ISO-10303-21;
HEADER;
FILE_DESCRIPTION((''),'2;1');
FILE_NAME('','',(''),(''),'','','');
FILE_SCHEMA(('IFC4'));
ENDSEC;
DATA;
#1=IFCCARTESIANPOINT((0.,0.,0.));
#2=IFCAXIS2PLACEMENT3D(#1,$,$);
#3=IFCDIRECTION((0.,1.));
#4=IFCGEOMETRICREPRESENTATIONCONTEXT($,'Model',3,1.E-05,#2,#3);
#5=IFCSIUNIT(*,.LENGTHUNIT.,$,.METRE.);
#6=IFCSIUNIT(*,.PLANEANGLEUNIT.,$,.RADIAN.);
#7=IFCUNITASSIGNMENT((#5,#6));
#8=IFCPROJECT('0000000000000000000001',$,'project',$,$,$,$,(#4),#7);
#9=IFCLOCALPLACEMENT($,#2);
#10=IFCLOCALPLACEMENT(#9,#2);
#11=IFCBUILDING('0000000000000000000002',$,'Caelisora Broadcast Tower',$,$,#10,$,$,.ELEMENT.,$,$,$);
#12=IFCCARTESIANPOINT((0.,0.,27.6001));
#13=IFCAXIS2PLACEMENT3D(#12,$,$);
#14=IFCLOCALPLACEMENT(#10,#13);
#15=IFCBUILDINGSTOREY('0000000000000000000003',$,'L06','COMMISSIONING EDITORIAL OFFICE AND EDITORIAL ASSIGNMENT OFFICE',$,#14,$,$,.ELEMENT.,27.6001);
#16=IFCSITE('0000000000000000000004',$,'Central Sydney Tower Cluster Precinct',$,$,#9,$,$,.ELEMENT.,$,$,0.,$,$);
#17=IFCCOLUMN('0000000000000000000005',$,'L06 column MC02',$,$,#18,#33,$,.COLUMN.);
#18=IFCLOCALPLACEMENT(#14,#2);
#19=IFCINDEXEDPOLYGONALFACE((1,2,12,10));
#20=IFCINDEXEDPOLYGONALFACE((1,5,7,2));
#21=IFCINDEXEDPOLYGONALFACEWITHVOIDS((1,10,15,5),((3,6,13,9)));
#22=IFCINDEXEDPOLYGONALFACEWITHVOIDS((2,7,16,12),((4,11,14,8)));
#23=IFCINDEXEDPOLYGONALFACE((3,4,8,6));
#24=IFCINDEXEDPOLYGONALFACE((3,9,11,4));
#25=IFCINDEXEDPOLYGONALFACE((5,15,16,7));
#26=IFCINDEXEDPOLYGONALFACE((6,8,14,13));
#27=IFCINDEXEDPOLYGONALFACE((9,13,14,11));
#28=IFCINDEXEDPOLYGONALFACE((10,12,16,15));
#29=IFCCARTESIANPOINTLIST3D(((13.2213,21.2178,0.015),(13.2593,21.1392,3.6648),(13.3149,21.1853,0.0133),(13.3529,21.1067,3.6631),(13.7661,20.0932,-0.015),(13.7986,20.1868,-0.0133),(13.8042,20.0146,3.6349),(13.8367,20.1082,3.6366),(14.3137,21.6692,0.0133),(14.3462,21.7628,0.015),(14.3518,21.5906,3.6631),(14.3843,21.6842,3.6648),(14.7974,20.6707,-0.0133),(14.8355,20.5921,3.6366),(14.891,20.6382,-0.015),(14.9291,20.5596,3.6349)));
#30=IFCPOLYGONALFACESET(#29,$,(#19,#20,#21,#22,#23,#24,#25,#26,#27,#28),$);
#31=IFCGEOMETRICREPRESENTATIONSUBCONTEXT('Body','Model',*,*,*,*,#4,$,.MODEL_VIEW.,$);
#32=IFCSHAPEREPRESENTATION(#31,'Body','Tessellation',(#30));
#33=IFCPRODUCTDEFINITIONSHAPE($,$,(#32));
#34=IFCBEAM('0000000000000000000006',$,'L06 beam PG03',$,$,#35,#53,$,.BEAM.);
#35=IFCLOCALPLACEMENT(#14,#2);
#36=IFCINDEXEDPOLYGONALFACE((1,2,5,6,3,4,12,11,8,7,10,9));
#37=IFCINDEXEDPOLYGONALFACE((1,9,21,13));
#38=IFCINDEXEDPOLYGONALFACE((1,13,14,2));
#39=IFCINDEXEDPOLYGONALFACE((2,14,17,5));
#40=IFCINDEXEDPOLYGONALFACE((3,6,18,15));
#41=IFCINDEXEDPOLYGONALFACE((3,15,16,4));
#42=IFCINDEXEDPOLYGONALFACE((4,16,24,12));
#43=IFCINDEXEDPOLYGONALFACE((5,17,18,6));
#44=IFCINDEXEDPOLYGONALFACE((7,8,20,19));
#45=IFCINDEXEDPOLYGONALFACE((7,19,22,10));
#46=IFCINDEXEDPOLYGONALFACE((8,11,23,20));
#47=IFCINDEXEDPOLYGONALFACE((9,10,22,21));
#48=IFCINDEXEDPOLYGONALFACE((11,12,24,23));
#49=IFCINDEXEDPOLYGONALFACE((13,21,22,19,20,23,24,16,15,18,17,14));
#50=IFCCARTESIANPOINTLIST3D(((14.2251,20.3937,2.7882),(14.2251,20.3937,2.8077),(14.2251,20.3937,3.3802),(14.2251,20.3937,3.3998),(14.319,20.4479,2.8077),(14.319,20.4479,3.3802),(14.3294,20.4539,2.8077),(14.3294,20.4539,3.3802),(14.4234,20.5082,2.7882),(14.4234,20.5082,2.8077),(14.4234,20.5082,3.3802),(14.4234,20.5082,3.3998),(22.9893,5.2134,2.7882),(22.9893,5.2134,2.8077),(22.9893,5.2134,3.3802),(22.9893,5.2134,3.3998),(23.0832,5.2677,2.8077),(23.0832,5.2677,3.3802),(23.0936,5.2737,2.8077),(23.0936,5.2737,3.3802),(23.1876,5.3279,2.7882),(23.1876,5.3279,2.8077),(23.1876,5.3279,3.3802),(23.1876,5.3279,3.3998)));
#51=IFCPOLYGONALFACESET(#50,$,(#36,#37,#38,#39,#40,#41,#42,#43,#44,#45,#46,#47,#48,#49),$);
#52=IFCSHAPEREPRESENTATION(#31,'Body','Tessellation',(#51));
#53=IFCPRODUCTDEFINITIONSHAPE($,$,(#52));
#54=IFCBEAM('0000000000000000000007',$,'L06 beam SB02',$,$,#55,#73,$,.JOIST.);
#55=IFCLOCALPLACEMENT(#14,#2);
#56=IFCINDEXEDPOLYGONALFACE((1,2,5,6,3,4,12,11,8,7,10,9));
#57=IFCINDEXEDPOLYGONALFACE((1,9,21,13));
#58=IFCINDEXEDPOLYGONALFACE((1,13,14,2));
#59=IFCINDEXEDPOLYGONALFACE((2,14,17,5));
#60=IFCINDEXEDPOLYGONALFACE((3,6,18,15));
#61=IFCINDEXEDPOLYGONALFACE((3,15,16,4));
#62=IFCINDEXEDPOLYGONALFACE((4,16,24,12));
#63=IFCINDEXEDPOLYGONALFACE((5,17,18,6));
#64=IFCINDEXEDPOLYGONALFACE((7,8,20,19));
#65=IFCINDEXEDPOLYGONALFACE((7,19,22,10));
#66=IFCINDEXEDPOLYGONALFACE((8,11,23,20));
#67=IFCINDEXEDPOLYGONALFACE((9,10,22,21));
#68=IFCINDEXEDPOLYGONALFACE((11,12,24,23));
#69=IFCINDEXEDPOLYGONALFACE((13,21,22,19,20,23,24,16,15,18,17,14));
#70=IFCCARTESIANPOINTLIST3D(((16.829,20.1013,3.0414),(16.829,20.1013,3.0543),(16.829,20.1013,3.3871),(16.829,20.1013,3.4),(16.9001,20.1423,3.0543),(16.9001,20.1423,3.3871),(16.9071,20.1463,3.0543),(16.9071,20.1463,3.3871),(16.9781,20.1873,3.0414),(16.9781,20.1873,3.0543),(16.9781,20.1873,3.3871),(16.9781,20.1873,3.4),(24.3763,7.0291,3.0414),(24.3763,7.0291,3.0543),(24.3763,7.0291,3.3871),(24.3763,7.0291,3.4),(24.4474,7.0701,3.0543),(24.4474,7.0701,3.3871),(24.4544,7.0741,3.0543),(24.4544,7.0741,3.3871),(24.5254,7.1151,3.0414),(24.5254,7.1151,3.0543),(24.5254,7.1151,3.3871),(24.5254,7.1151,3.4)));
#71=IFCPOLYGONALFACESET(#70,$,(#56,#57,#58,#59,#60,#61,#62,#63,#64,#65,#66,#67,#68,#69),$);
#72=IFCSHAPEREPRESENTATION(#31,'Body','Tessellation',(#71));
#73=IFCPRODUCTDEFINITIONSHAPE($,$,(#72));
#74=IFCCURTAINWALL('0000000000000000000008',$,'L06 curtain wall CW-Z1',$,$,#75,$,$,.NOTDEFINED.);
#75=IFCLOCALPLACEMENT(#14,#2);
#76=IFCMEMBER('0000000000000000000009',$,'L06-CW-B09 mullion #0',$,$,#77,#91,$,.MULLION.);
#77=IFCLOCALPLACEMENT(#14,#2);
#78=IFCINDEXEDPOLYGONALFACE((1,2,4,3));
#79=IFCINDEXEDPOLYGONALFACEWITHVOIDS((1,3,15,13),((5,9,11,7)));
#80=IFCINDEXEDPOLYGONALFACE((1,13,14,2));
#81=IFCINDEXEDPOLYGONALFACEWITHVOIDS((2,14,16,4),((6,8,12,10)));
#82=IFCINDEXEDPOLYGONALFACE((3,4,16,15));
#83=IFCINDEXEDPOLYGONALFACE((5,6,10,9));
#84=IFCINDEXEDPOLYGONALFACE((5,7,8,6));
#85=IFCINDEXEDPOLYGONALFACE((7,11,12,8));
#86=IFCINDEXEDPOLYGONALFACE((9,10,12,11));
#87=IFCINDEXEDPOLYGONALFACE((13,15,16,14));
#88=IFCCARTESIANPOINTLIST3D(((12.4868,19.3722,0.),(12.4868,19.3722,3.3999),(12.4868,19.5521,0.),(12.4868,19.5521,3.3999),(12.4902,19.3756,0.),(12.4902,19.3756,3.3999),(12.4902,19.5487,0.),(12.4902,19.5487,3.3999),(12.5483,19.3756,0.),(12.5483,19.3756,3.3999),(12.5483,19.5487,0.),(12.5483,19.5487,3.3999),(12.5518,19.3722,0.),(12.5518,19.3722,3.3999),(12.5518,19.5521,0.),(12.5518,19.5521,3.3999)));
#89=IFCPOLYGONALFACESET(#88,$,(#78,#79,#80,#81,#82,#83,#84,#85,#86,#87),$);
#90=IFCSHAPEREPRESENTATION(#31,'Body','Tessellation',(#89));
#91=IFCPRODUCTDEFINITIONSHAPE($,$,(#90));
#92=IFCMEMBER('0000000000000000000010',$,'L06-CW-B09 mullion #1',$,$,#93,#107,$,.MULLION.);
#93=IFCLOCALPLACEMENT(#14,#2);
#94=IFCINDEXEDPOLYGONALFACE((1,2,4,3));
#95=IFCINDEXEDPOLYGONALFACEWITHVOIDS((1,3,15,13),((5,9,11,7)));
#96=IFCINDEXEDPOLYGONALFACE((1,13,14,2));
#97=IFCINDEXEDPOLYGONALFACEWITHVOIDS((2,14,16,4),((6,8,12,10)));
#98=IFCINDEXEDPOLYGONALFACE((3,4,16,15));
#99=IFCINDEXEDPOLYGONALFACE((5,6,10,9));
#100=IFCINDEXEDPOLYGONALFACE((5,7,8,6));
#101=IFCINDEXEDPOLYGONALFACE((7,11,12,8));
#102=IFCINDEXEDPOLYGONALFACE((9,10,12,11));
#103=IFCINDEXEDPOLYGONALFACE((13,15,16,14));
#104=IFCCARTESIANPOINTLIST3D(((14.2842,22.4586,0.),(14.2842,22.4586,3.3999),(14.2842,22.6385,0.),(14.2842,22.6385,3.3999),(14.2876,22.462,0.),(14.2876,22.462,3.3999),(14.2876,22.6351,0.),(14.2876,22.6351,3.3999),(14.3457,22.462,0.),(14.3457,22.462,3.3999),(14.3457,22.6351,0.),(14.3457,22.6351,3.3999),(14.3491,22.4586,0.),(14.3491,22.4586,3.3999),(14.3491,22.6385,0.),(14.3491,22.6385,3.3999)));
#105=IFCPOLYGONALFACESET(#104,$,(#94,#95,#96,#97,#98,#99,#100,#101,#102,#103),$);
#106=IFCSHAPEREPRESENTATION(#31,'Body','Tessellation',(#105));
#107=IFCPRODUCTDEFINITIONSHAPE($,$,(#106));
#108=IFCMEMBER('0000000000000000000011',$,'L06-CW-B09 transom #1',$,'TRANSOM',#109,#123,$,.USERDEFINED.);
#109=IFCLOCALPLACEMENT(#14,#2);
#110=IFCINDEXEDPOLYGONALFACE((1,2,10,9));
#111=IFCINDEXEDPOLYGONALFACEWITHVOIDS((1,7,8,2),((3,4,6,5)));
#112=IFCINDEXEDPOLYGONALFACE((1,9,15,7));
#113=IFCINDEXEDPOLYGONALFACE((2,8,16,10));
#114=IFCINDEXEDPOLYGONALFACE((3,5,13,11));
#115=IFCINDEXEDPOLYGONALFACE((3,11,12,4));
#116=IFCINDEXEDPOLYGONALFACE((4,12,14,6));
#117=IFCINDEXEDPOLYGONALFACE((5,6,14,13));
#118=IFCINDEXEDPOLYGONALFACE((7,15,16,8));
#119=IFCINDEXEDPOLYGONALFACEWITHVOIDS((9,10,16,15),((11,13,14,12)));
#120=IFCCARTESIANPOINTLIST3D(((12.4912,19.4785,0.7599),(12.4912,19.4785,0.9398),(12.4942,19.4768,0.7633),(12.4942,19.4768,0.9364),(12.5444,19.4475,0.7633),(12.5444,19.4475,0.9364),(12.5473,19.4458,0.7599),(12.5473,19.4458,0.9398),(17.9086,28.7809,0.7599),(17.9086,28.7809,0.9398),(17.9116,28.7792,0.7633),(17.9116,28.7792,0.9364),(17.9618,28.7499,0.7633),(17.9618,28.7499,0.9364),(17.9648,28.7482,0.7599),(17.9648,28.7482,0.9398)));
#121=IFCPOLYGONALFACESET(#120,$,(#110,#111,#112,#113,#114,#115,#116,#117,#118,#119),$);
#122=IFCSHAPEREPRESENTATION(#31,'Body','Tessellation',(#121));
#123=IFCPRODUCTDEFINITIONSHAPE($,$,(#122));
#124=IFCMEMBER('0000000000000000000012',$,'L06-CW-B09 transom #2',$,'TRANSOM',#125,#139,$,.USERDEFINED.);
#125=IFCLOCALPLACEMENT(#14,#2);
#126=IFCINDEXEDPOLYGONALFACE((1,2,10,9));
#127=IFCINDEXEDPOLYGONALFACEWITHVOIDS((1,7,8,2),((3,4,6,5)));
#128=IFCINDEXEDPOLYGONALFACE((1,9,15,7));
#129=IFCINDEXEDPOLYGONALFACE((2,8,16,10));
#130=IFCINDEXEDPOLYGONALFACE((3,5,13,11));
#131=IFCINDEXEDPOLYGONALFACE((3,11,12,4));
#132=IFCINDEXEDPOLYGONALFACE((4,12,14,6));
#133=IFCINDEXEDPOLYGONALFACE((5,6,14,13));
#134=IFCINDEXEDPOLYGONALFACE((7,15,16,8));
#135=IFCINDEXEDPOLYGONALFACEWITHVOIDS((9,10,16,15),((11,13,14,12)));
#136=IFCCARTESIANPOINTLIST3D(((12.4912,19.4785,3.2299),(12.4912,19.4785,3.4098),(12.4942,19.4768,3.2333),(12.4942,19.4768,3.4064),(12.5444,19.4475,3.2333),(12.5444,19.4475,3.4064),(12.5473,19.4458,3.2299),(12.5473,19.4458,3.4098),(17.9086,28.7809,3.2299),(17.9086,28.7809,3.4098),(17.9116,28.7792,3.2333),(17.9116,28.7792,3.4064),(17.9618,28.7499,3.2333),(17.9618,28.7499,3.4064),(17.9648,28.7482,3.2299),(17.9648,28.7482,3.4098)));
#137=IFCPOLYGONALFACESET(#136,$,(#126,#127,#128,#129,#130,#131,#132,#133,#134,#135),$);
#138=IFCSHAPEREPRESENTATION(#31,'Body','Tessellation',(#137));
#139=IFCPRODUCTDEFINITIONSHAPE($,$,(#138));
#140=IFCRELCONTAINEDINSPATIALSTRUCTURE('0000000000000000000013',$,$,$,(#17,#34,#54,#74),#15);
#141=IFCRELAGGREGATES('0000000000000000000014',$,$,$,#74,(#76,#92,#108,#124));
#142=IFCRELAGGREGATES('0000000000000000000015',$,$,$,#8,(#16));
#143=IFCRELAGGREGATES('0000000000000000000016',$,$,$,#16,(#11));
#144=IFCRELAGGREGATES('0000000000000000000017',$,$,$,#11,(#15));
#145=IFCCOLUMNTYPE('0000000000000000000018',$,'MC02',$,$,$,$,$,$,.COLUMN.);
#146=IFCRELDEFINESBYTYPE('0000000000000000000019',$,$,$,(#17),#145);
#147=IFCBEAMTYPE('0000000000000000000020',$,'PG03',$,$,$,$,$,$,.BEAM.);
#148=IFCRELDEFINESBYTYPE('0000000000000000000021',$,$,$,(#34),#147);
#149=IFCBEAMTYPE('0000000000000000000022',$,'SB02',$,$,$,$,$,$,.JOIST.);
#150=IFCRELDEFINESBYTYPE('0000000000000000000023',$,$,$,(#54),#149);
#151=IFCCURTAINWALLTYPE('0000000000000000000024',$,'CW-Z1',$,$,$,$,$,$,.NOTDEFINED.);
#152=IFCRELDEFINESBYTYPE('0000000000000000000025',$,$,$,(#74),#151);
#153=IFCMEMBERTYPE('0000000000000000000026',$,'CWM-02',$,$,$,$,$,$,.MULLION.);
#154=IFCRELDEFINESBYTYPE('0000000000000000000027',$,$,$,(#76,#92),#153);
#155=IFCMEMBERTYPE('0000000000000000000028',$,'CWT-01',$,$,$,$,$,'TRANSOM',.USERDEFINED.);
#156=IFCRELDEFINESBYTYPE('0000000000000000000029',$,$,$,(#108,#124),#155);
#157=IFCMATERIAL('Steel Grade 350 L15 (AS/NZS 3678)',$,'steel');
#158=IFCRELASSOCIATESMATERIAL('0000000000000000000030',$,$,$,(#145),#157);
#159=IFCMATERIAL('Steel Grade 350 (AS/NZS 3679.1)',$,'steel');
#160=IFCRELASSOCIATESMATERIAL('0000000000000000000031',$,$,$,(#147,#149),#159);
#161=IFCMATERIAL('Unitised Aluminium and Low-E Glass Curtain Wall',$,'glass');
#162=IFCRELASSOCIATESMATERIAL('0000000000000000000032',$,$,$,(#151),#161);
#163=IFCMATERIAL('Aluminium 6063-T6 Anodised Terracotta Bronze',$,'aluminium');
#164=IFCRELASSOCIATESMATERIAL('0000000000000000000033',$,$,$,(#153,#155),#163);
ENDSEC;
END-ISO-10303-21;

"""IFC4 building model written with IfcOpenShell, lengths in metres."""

from ifc_helpers import new_model, si_unit, direction, frame, origin, origin_2d, place, context, subcontext, project, spatial, hollow_rectangle, i_section, extrude, source, transform, mapped, material, material_profile, profile_set, type_object, type_shapes, element, aggregate, save


model = new_model("IFC4")

# Units and contexts
model_context = context("Model", 3, precision=1e-05, world=origin(), true_north=direction((0.0, 1.0)))
body_context = subcontext(model_context, "Body", "Model", "MODEL_VIEW")
ifc_project = project(units=[si_unit("LENGTHUNIT", "METRE"), si_unit("PLANEANGLEUNIT", "RADIAN")], contexts=[model_context])

# Site, building, storey
site_placement = place(None, origin())
site = spatial("IfcSite", under=ifc_project, at=site_placement, Name="Central Sydney Tower Cluster Precinct", CompositionType="ELEMENT", RefElevation=0.0)
building_placement = place(site_placement, origin())
building = spatial("IfcBuilding", under=site, at=building_placement, Name="Caelisora Broadcast Tower", CompositionType="ELEMENT")
storey_placement = place(building_placement, frame((0.0, 0.0, 27.6001)))
storey = spatial("IfcBuildingStorey", under=building, at=storey_placement, Name="L06", Description="COMMISSIONING EDITORIAL OFFICE AND EDITORIAL ASSIGNMENT OFFICE", CompositionType="ELEMENT", Elevation=27.6001)

# Column
ifc_material_1 = material(Name="Steel Grade 350 L15 (AS/NZS 3678)", Category="steel")
ifc_material_profile_1 = material_profile(ifc_material_1, hollow_rectangle(XDim=1.25, YDim=1.25, WallThickness=0.0701, at=origin_2d()), Name="Steel Grade 350 L15 (AS/NZS 3678)")
ifc_profile_set_1 = profile_set([ifc_material_profile_1], Name="Steel Grade 350 L15 (AS/NZS 3678)")
column_type = type_object("IfcColumnType", Name="MC02", PredefinedType="COLUMN", material=ifc_profile_set_1)
shared_shape_1 = source(origin(), body_context, "Body", "SweptSolid", [
    extrude(hollow_rectangle(XDim=1.25, YDim=1.25, WallThickness=0.0701, at=origin_2d()), origin(), (0.0, 0.0, 1.0), 3.6509),
])
type_shapes(column_type, [shared_shape_1])
column_placement = place(storey_placement, frame((14.0562, 20.928, 0.0), z_axis=(0.010432, -0.021532, 0.999714), x_axis=(0.899947, 0.435999, 0.0)))
element("IfcColumn", 1, at=column_placement, inside=storey, type_object=column_type, Name="L06 column MC02", PredefinedType="COLUMN", context=body_context, shape_type="MappedRepresentation", body=[
    mapped(shared_shape_1, transform((0.0, 0.0, 0.0), scale=1.0)),
])

# Beams
ifc_material_2 = material(Name="Steel Grade 350 (AS/NZS 3679.1)", Category="steel")
ifc_material_profile_2 = material_profile(ifc_material_2, i_section(OverallWidth=0.229, OverallDepth=0.6116, WebThickness=0.012, FlangeThickness=0.0195, at=origin_2d()), Name="Steel Grade 350 (AS/NZS 3679.1)")
ifc_profile_set_2 = profile_set([ifc_material_profile_2], Name="Steel Grade 350 (AS/NZS 3679.1)")
beam_type_1 = type_object("IfcBeamType", Name="PG03", PredefinedType="BEAM", material=ifc_profile_set_2)
shared_shape_2 = source(origin(), body_context, "Body", "SweptSolid", [
    extrude(i_section(OverallWidth=0.229, OverallDepth=0.6116, WebThickness=0.012, FlangeThickness=0.0195, at=origin_2d()), origin(), (0.0, 0.0, 1.0), 17.5286),
])
type_shapes(beam_type_1, [shared_shape_2])
beam_1_placement = place(storey_placement, frame((14.3242, 20.4509, 3.094), z_axis=(0.499995, -0.866028, 0.0), x_axis=(0.866028, 0.499995, 0.0)))
element("IfcBeam", 2, at=beam_1_placement, inside=storey, type_object=beam_type_1, Name="L06 beam PG03", PredefinedType="BEAM", context=body_context, shape_type="MappedRepresentation", body=[
    mapped(shared_shape_2, transform((0.0, 0.0, 0.0), scale=1.0)),
])
ifc_material_profile_3 = material_profile(ifc_material_2, i_section(OverallWidth=0.1721, OverallDepth=0.3586, WebThickness=0.0081, FlangeThickness=0.0129, at=origin_2d()), Name="Steel Grade 350 (AS/NZS 3679.1)")
ifc_profile_set_3 = profile_set([ifc_material_profile_3], Name="Steel Grade 350 (AS/NZS 3679.1)")
beam_type_2 = type_object("IfcBeamType", Name="SB02", PredefinedType="JOIST", material=ifc_profile_set_3)
shared_shape_3 = source(origin(), body_context, "Body", "SweptSolid", [
    extrude(i_section(OverallWidth=0.1721, OverallDepth=0.3586, WebThickness=0.0081, FlangeThickness=0.0129, at=origin_2d()), origin(), (0.0, 0.0, 1.0), 15.0945),
])
type_shapes(beam_type_2, [shared_shape_3])
beam_2_placement = place(storey_placement, frame((16.9036, 20.1443, 3.2207), z_axis=(0.500004, -0.866023, 0.0), x_axis=(0.866023, 0.500004, 0.0)))
element("IfcBeam", 3, at=beam_2_placement, inside=storey, type_object=beam_type_2, Name="L06 beam SB02", PredefinedType="JOIST", context=body_context, shape_type="MappedRepresentation", body=[
    mapped(shared_shape_3, transform((0.0, 0.0, 0.0), scale=1.0)),
])

# Curtain wall, members
ifc_material_3 = material(Name="Unitised Aluminium and Low-E Glass Curtain Wall", Category="glass")
curtain_wall_type = type_object("IfcCurtainWallType", Name="CW-Z1", PredefinedType="NOTDEFINED", material=ifc_material_3)
curtain_wall_placement = place(storey_placement, origin())
curtain_wall = element("IfcCurtainWall", 4, at=curtain_wall_placement, inside=storey, type_object=curtain_wall_type, Name="L06 curtain wall CW-Z1", PredefinedType="NOTDEFINED")
ifc_material_4 = material(Name="Aluminium 6063-T6 Anodised Terracotta Bronze", Category="aluminium")
ifc_material_profile_4 = material_profile(ifc_material_4, hollow_rectangle(XDim=0.0649, YDim=0.1799, WallThickness=0.0034, at=origin_2d()), Name="Aluminium 6063-T6 Anodised Terracotta Bronze")
ifc_profile_set_4 = profile_set([ifc_material_profile_4], Name="Aluminium 6063-T6 Anodised Terracotta Bronze")
member_type_1 = type_object("IfcMemberType", Name="CWM-02", PredefinedType="MULLION", material=ifc_profile_set_4)
shared_shape_4 = source(origin(), body_context, "Body", "SweptSolid", [
    extrude(hollow_rectangle(XDim=0.0649, YDim=0.1799, WallThickness=0.0034, at=origin_2d()), origin(), (0.0, 0.0, 1.0), 3.3999),
])
type_shapes(member_type_1, [shared_shape_4])
member_1_placement = place(storey_placement, frame((12.5193, 19.4622, 0.0), z_axis=(0.0, 0.0, 1.0), x_axis=(1.0, 0.0, 0.0)))
member_1 = element("IfcMember", 5, at=member_1_placement, type_object=member_type_1, Name="L06-CW-B09 mullion #0", PredefinedType="MULLION", context=body_context, shape_type="MappedRepresentation", body=[
    mapped(shared_shape_4, transform((0.0, 0.0, 0.0), scale=1.0)),
])
member_2_placement = place(storey_placement, frame((14.3167, 22.5486, 0.0), z_axis=(0.0, 0.0, 1.0), x_axis=(1.0, 0.0, 0.0)))
member_2 = element("IfcMember", 6, at=member_2_placement, type_object=member_type_1, Name="L06-CW-B09 mullion #1", PredefinedType="MULLION", context=body_context, shape_type="MappedRepresentation", body=[
    mapped(shared_shape_4, transform((0.0, 0.0, 0.0), scale=1.0)),
])
ifc_material_profile_5 = material_profile(ifc_material_4, hollow_rectangle(XDim=0.0649, YDim=0.1799, WallThickness=0.0034, at=origin_2d()), Name="Aluminium 6063-T6 Anodised Terracotta Bronze")
ifc_profile_set_5 = profile_set([ifc_material_profile_5], Name="Aluminium 6063-T6 Anodised Terracotta Bronze")
member_type_2 = type_object("IfcMemberType", Name="CWT-01", ElementType="TRANSOM", PredefinedType="USERDEFINED", material=ifc_profile_set_5)
shared_shape_5 = source(origin(), body_context, "Body", "SweptSolid", [
    extrude(hollow_rectangle(XDim=0.0649, YDim=0.1799, WallThickness=0.0034, at=origin_2d()), origin(), (0.0, 0.0, 1.0), 10.7649),
])
type_shapes(member_type_2, [shared_shape_5])
member_3_placement = place(storey_placement, frame((12.5193, 19.4622, 0.8499), z_axis=(0.503249, 0.864141, 0.0), x_axis=(-0.864141, 0.503249, 0.0)))
member_3 = element("IfcMember", 7, at=member_3_placement, type_object=member_type_2, Name="L06-CW-B09 transom #1", ObjectType="TRANSOM", PredefinedType="USERDEFINED", context=body_context, shape_type="MappedRepresentation", body=[
    mapped(shared_shape_5, transform((0.0, 0.0, 0.0), scale=1.0)),
])
member_4_placement = place(storey_placement, frame((12.5193, 19.4622, 3.3198), z_axis=(0.503249, 0.864141, 0.0), x_axis=(-0.864141, 0.503249, 0.0)))
member_4 = element("IfcMember", 8, at=member_4_placement, type_object=member_type_2, Name="L06-CW-B09 transom #2", ObjectType="TRANSOM", PredefinedType="USERDEFINED", context=body_context, shape_type="MappedRepresentation", body=[
    mapped(shared_shape_5, transform((0.0, 0.0, 0.0), scale=1.0)),
])

aggregate(curtain_wall, [member_1, member_2, member_3, member_4])

save(model, "model.ifc")
